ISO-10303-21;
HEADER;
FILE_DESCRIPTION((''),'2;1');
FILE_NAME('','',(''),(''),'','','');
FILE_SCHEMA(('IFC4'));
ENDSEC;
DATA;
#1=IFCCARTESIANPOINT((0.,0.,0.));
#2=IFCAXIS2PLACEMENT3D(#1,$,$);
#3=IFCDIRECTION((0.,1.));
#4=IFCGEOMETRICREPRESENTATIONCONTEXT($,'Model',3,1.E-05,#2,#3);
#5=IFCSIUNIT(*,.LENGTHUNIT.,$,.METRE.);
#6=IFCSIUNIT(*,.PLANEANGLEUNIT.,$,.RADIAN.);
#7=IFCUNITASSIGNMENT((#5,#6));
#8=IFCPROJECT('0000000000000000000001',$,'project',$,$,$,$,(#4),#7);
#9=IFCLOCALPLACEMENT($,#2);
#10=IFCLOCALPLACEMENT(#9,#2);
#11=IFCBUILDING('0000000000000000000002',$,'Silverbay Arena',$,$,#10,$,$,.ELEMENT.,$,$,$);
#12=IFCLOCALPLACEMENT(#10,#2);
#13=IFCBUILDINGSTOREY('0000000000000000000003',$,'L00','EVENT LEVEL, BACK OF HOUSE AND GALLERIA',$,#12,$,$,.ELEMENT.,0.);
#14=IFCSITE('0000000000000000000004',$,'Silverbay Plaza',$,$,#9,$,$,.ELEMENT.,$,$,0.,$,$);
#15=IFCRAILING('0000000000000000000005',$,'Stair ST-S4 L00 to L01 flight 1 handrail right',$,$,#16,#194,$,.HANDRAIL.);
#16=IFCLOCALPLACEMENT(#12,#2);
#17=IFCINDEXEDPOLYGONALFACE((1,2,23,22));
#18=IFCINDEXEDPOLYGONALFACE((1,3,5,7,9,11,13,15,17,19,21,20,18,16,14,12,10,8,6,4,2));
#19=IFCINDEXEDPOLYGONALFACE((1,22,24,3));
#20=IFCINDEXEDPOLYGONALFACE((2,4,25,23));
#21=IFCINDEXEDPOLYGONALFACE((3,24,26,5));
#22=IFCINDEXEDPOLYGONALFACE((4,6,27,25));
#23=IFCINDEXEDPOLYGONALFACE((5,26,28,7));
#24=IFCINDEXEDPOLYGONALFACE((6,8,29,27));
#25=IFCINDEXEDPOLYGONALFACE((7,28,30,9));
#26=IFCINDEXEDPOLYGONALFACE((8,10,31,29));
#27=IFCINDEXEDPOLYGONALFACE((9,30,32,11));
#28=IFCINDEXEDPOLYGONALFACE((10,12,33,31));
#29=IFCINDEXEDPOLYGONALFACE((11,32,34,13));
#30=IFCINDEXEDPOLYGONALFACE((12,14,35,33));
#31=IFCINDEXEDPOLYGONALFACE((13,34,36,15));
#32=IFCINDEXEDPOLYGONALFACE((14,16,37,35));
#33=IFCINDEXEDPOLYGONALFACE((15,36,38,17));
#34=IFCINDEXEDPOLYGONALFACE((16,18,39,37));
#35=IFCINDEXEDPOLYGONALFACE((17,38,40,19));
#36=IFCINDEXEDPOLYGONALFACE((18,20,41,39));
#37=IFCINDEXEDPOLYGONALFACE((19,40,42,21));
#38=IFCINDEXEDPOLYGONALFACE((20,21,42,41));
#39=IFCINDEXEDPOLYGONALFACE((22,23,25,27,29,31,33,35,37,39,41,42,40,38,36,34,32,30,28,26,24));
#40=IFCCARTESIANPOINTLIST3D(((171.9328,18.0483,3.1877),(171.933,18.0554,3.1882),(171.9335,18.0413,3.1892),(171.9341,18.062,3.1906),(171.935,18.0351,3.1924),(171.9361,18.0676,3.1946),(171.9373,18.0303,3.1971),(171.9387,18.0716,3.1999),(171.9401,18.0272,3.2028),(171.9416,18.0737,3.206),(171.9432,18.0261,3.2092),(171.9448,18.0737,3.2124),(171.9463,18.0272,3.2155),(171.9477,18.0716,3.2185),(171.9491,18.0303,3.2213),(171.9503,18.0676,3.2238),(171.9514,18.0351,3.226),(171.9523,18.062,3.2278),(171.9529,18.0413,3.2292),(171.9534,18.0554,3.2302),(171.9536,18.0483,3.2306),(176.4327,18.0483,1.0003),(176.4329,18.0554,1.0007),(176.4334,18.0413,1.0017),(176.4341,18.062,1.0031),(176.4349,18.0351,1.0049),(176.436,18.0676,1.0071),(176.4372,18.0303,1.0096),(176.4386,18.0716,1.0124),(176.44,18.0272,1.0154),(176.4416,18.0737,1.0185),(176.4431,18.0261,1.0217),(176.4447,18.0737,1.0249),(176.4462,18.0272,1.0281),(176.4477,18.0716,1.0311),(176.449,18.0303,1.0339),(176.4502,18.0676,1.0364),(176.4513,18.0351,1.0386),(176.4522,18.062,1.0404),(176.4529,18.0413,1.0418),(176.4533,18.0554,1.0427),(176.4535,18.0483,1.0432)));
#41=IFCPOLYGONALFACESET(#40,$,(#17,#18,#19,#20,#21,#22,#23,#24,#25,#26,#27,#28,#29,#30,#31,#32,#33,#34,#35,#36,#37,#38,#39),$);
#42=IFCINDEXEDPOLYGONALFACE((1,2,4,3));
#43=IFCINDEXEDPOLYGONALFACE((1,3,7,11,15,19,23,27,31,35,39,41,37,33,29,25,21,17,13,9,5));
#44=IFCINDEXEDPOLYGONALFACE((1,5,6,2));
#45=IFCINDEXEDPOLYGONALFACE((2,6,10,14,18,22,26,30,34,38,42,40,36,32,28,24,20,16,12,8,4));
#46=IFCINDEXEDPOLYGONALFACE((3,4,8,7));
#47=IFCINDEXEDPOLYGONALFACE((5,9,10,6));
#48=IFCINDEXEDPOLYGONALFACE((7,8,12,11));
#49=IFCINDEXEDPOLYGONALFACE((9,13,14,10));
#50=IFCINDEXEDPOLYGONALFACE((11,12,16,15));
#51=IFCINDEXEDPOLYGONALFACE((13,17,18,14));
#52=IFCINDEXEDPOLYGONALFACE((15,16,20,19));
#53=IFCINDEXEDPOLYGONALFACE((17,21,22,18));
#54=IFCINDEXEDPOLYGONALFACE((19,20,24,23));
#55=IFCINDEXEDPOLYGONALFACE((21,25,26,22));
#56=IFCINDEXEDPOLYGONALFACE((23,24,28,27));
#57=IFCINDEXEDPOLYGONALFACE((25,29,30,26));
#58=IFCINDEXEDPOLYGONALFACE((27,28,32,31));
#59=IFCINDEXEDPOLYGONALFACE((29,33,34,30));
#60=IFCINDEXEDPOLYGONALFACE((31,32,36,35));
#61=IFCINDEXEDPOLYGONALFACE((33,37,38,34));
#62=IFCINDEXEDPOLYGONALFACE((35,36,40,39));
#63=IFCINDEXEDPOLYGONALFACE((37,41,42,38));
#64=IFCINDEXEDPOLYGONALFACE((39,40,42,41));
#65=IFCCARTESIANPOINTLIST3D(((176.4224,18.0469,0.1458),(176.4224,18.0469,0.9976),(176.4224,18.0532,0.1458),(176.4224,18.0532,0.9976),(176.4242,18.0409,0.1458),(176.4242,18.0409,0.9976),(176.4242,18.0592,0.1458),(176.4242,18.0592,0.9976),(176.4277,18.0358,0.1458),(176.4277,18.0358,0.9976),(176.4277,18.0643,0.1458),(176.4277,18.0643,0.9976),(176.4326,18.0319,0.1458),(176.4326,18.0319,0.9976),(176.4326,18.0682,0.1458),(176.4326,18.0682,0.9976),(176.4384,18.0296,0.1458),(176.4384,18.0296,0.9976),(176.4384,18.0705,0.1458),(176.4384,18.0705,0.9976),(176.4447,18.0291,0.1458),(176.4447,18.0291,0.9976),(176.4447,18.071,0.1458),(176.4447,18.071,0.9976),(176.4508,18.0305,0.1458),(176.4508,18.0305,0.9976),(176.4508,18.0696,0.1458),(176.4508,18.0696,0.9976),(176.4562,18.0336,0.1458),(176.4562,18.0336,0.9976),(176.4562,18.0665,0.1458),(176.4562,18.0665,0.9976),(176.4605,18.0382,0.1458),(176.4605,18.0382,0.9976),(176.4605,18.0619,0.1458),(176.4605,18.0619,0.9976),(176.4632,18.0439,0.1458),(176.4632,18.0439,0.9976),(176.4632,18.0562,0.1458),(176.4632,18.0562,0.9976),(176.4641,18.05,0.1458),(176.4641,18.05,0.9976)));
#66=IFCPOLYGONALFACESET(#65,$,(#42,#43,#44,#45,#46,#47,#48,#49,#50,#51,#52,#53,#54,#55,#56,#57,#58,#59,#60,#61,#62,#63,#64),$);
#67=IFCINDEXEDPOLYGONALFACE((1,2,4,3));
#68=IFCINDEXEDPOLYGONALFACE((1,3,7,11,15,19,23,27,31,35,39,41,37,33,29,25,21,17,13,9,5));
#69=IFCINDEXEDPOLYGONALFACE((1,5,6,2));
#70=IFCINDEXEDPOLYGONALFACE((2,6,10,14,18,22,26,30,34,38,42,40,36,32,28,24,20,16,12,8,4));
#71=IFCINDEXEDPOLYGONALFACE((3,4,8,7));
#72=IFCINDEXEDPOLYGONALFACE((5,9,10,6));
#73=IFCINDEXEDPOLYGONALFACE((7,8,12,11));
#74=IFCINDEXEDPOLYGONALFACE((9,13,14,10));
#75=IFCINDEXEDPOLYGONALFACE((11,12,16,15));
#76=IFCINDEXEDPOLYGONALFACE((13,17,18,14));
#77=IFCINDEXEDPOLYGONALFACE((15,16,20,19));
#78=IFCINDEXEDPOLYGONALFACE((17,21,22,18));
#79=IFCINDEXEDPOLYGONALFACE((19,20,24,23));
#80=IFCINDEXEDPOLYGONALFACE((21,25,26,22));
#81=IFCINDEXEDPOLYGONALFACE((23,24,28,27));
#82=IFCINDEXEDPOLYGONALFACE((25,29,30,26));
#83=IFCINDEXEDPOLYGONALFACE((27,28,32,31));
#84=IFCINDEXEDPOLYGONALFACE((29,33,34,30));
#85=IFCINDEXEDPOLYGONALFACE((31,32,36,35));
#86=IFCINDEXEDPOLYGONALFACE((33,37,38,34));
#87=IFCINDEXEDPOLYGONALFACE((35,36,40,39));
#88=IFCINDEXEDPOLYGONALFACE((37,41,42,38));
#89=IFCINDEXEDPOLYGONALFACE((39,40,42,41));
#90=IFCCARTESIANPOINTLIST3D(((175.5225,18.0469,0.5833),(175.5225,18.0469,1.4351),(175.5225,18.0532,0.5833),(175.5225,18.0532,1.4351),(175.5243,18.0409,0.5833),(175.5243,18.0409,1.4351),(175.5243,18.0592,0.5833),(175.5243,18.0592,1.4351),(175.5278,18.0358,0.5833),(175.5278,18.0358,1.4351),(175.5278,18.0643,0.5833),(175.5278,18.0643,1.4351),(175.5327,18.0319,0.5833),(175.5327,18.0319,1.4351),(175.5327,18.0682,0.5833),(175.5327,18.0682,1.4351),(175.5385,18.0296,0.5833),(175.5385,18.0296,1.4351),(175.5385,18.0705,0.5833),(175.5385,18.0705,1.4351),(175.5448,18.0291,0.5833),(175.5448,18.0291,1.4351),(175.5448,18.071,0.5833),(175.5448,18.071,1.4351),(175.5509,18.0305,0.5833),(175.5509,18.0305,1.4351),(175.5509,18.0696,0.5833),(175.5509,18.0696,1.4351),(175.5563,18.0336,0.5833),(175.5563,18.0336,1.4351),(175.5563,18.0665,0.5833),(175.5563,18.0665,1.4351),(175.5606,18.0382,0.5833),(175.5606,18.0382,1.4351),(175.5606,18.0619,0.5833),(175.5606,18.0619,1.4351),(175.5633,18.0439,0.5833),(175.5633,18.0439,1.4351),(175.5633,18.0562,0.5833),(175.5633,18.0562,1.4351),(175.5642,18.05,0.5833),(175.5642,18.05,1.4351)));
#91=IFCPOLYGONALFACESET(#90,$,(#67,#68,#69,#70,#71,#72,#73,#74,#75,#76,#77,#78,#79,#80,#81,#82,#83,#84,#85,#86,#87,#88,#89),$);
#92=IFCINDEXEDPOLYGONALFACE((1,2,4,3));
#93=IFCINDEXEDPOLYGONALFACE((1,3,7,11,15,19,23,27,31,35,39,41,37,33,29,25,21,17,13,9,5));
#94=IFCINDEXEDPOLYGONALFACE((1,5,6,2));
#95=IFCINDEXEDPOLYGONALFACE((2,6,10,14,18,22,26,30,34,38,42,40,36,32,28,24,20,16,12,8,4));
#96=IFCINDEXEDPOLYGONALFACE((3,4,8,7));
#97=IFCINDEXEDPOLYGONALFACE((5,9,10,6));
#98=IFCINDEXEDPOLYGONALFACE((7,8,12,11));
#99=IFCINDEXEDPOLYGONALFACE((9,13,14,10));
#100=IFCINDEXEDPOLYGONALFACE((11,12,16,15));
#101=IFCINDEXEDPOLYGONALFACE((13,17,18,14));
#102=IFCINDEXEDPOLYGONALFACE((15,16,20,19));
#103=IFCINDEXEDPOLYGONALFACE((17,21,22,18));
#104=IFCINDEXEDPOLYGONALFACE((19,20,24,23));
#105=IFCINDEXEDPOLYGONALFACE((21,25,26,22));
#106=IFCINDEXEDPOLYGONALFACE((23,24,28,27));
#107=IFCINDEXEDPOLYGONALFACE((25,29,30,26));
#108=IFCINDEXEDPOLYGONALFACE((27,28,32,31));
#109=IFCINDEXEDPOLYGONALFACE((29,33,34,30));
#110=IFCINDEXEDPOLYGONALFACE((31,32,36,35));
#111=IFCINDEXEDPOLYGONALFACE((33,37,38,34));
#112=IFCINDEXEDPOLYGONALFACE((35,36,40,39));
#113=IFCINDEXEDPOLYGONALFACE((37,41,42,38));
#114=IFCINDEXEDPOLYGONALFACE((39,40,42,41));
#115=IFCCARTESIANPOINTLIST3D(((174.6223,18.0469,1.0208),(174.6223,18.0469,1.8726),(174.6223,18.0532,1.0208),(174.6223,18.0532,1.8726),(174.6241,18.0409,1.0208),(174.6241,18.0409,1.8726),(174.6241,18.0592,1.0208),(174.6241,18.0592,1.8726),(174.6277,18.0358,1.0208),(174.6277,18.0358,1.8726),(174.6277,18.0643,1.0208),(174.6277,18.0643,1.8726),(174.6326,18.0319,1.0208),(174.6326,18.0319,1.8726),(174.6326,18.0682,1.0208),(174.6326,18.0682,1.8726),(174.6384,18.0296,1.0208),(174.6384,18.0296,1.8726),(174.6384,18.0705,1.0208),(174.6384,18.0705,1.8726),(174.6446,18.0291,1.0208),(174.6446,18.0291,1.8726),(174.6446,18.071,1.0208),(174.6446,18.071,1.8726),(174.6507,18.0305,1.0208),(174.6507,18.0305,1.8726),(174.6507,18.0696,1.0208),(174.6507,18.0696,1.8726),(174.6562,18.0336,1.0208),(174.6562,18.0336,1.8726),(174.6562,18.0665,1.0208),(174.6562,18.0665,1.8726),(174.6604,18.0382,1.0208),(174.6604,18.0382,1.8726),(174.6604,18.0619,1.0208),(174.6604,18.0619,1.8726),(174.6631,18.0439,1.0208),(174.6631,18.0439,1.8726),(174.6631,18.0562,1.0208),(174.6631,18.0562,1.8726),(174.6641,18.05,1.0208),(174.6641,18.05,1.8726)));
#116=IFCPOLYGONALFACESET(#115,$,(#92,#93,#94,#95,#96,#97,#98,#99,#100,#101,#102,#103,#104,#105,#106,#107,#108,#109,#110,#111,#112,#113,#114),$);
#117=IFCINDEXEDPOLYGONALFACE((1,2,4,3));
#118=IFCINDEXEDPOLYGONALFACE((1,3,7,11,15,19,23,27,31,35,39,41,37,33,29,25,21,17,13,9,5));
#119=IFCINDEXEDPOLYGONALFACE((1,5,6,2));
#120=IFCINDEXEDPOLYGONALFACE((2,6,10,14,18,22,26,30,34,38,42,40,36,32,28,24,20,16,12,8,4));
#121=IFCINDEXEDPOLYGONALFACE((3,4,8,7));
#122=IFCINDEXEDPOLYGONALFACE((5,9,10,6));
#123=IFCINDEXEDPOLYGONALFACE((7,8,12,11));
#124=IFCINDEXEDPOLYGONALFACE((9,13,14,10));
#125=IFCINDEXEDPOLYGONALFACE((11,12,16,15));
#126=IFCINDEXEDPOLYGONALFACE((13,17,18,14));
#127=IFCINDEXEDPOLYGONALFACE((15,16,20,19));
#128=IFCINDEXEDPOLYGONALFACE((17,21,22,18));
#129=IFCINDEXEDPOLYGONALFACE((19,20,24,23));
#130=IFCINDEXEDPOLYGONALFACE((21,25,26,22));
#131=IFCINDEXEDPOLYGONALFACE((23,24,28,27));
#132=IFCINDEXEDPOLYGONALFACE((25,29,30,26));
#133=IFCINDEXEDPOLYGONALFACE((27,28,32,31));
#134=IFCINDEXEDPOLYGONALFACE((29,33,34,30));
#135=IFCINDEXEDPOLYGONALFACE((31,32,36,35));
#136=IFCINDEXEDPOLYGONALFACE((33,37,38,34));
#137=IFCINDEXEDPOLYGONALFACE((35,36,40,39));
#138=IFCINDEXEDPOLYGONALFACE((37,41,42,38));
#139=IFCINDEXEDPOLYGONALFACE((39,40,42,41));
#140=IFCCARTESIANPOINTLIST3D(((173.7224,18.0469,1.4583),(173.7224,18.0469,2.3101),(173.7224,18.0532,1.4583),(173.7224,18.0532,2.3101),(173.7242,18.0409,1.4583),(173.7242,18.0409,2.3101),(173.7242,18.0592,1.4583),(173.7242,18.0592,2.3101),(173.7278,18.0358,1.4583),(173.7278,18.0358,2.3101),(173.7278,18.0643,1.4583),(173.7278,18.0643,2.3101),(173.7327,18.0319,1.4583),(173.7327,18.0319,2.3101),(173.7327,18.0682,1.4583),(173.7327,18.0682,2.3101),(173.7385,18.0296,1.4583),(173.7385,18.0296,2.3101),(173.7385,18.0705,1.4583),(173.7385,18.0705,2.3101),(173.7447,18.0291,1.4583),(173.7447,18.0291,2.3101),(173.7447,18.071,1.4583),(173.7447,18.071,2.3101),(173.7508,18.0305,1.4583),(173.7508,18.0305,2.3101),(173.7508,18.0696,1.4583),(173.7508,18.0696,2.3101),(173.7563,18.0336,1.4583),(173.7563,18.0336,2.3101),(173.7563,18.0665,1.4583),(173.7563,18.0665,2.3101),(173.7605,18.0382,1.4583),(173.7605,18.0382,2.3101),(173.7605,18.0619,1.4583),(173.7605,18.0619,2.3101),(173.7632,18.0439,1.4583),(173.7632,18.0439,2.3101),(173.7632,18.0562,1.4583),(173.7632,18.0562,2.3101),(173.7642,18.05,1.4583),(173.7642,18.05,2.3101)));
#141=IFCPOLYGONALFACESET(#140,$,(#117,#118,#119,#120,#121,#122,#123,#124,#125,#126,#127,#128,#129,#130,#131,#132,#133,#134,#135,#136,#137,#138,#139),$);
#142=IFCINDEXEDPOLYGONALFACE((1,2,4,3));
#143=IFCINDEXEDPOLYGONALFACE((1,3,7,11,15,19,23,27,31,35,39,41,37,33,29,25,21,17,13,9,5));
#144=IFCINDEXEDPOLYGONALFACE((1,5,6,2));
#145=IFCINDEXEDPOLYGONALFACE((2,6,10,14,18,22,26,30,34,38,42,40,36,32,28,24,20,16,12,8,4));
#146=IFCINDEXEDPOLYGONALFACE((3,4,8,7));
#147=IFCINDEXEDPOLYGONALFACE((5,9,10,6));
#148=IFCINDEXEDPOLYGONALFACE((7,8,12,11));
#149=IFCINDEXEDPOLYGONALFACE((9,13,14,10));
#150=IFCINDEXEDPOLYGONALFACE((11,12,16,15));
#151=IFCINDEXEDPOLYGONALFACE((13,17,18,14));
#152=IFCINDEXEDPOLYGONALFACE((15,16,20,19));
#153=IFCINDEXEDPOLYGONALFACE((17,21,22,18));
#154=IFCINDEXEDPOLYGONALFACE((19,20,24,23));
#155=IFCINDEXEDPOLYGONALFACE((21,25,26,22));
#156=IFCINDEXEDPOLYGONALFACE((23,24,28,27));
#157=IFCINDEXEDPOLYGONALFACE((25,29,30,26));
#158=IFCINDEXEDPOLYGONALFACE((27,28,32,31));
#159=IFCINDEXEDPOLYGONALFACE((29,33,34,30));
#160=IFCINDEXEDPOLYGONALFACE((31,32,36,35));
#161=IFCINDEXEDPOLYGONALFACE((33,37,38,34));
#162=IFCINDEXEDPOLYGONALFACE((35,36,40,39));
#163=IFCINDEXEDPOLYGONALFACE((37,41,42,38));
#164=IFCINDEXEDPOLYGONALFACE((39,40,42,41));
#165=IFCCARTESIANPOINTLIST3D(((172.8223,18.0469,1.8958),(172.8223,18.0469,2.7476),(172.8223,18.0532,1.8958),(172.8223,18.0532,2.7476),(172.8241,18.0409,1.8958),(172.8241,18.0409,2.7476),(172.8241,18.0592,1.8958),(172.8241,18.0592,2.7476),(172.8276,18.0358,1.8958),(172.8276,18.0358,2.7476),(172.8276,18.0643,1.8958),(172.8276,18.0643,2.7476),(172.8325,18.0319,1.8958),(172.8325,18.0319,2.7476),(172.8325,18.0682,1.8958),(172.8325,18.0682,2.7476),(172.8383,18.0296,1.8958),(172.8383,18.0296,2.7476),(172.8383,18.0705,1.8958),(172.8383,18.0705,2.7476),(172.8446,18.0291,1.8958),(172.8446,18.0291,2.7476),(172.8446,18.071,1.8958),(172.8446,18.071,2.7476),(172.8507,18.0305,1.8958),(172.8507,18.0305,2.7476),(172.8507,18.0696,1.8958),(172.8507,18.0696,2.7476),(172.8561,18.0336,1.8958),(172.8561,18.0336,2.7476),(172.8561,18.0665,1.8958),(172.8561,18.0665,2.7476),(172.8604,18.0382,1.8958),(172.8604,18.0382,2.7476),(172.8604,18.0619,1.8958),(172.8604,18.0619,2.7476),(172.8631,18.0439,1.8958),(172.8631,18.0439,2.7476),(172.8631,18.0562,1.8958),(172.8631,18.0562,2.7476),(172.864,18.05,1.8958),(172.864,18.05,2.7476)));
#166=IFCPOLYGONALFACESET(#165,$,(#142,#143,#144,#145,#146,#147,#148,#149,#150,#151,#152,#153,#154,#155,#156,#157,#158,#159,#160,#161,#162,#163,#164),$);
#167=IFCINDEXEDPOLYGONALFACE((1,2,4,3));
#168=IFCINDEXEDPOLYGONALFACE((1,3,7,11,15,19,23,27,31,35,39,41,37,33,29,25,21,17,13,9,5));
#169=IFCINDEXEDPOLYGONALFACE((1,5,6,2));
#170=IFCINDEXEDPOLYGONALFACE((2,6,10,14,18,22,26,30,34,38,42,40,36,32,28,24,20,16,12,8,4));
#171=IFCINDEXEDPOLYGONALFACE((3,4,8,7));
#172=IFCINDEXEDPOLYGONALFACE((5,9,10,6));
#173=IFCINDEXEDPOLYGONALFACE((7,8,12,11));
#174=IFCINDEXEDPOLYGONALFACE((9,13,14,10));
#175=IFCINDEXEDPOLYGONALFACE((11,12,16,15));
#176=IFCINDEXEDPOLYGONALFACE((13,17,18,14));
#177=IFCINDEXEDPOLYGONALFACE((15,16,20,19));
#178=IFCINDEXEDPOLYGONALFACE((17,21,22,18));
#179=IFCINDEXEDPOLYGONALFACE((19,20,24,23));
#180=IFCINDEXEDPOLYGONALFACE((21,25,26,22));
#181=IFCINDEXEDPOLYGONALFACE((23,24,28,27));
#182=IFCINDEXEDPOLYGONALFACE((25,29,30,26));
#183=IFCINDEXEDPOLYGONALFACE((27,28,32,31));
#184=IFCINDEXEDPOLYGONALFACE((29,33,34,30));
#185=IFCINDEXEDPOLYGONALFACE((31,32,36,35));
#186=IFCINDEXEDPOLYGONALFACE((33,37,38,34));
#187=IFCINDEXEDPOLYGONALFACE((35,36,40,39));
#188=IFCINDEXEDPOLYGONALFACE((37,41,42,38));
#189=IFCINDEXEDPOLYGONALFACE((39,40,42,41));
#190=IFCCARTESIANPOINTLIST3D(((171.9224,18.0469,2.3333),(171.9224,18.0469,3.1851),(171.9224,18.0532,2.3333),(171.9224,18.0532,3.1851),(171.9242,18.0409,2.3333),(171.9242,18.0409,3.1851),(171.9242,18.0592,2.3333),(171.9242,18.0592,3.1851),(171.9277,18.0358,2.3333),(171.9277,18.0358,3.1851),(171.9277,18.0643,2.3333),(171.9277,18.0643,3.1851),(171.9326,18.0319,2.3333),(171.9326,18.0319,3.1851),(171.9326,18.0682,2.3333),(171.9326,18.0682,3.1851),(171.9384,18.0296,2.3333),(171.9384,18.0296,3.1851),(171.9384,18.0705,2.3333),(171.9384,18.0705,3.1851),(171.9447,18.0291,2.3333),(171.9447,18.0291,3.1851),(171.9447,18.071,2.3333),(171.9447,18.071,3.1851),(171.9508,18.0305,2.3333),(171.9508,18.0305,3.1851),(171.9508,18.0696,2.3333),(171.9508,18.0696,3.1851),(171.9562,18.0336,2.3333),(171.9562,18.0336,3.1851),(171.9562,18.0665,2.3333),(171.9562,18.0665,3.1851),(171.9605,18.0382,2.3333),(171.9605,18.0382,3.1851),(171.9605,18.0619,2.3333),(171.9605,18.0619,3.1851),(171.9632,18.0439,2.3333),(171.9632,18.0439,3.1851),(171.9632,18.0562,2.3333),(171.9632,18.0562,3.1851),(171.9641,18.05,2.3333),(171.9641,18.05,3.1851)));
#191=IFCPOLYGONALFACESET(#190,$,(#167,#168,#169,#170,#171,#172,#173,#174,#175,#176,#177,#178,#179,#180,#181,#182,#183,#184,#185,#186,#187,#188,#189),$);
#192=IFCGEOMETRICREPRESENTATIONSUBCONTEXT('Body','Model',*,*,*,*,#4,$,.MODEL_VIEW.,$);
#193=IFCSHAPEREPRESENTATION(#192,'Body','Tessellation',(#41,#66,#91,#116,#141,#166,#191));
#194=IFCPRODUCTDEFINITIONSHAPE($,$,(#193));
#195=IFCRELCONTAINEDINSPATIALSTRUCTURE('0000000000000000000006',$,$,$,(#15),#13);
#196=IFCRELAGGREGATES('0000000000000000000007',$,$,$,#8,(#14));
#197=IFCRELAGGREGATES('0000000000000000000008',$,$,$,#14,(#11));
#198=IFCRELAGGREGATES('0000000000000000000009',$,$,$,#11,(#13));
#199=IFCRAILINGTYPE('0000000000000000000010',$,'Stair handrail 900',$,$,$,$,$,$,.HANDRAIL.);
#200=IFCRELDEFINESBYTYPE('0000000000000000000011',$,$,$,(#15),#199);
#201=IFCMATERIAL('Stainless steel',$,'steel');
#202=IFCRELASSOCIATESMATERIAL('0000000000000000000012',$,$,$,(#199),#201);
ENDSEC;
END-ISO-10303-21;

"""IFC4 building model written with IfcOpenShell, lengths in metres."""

from ifc_helpers import new_model, si_unit, direction, frame, origin, origin_2d, place, context, subcontext, project, spatial, circle, extrude, material, type_object, element, save


model = new_model("IFC4")

# Units and contexts
model_context = context("Model", 3, precision=1e-05, world=origin(), true_north=direction((0.0, 1.0)))
body_context = subcontext(model_context, "Body", "Model", "MODEL_VIEW")
ifc_project = project(units=[si_unit("LENGTHUNIT", "METRE"), si_unit("PLANEANGLEUNIT", "RADIAN")], contexts=[model_context])

# Site, building, storey
site_placement = place(None, origin())
site = spatial("IfcSite", under=ifc_project, at=site_placement, Name="Silverbay Plaza", CompositionType="ELEMENT", RefElevation=0.0)
building_placement = place(site_placement, origin())
building = spatial("IfcBuilding", under=site, at=building_placement, Name="Silverbay Arena", CompositionType="ELEMENT")
storey_placement = place(building_placement, origin())
storey = spatial("IfcBuildingStorey", under=building, at=storey_placement, Name="L00", Description="EVENT LEVEL, BACK OF HOUSE AND GALLERIA", CompositionType="ELEMENT", Elevation=0.0)

# Railing
ifc_material_1 = material(Name="Stainless steel", Category="steel")
railing_type_1 = type_object("IfcRailingType", Name="Stair handrail 900", PredefinedType="HANDRAIL", material=ifc_material_1)
for number, where, name in (
    (1, (176.4431, 18.05, 0.1458), "Stair ST-S4 L00 to L01 flight 1 handrail right"),
):
    element("IfcRailing", number, at=place(storey_placement, frame(where)), inside=storey, type_object=railing_type_1, Name=name, PredefinedType="HANDRAIL", context=body_context, shape_type="SweptSolid", body=[
        extrude(circle(Radius=0.0239, at=origin_2d()), frame((0.0, 0.0, 0.876), z_axis=(-0.899368, 0.0, 0.437193), x_axis=(0.0, -1.0, 0.0)), (0.0, 0.0, 1.0), 5.0034),
        extrude(circle(Radius=0.021, at=origin_2d()), origin(), (0.0, 0.0, 1.0), 0.8518),
        extrude(circle(Radius=0.021, at=origin_2d()), frame((-0.8999, 0.0, 0.4375)), (0.0, 0.0, 1.0), 0.8518),
        extrude(circle(Radius=0.021, at=origin_2d()), frame((-1.8, 0.0, 0.875)), (0.0, 0.0, 1.0), 0.8518),
        extrude(circle(Radius=0.021, at=origin_2d()), frame((-2.7, 0.0, 1.3125)), (0.0, 0.0, 1.0), 0.8518),
        extrude(circle(Radius=0.021, at=origin_2d()), frame((-3.6001, 0.0, 1.75)), (0.0, 0.0, 1.0), 0.8518),
        extrude(circle(Radius=0.021, at=origin_2d()), frame((-4.5, 0.0, 2.1875)), (0.0, 0.0, 1.0), 0.8518),
    ])

save(model, "model.ifc")
